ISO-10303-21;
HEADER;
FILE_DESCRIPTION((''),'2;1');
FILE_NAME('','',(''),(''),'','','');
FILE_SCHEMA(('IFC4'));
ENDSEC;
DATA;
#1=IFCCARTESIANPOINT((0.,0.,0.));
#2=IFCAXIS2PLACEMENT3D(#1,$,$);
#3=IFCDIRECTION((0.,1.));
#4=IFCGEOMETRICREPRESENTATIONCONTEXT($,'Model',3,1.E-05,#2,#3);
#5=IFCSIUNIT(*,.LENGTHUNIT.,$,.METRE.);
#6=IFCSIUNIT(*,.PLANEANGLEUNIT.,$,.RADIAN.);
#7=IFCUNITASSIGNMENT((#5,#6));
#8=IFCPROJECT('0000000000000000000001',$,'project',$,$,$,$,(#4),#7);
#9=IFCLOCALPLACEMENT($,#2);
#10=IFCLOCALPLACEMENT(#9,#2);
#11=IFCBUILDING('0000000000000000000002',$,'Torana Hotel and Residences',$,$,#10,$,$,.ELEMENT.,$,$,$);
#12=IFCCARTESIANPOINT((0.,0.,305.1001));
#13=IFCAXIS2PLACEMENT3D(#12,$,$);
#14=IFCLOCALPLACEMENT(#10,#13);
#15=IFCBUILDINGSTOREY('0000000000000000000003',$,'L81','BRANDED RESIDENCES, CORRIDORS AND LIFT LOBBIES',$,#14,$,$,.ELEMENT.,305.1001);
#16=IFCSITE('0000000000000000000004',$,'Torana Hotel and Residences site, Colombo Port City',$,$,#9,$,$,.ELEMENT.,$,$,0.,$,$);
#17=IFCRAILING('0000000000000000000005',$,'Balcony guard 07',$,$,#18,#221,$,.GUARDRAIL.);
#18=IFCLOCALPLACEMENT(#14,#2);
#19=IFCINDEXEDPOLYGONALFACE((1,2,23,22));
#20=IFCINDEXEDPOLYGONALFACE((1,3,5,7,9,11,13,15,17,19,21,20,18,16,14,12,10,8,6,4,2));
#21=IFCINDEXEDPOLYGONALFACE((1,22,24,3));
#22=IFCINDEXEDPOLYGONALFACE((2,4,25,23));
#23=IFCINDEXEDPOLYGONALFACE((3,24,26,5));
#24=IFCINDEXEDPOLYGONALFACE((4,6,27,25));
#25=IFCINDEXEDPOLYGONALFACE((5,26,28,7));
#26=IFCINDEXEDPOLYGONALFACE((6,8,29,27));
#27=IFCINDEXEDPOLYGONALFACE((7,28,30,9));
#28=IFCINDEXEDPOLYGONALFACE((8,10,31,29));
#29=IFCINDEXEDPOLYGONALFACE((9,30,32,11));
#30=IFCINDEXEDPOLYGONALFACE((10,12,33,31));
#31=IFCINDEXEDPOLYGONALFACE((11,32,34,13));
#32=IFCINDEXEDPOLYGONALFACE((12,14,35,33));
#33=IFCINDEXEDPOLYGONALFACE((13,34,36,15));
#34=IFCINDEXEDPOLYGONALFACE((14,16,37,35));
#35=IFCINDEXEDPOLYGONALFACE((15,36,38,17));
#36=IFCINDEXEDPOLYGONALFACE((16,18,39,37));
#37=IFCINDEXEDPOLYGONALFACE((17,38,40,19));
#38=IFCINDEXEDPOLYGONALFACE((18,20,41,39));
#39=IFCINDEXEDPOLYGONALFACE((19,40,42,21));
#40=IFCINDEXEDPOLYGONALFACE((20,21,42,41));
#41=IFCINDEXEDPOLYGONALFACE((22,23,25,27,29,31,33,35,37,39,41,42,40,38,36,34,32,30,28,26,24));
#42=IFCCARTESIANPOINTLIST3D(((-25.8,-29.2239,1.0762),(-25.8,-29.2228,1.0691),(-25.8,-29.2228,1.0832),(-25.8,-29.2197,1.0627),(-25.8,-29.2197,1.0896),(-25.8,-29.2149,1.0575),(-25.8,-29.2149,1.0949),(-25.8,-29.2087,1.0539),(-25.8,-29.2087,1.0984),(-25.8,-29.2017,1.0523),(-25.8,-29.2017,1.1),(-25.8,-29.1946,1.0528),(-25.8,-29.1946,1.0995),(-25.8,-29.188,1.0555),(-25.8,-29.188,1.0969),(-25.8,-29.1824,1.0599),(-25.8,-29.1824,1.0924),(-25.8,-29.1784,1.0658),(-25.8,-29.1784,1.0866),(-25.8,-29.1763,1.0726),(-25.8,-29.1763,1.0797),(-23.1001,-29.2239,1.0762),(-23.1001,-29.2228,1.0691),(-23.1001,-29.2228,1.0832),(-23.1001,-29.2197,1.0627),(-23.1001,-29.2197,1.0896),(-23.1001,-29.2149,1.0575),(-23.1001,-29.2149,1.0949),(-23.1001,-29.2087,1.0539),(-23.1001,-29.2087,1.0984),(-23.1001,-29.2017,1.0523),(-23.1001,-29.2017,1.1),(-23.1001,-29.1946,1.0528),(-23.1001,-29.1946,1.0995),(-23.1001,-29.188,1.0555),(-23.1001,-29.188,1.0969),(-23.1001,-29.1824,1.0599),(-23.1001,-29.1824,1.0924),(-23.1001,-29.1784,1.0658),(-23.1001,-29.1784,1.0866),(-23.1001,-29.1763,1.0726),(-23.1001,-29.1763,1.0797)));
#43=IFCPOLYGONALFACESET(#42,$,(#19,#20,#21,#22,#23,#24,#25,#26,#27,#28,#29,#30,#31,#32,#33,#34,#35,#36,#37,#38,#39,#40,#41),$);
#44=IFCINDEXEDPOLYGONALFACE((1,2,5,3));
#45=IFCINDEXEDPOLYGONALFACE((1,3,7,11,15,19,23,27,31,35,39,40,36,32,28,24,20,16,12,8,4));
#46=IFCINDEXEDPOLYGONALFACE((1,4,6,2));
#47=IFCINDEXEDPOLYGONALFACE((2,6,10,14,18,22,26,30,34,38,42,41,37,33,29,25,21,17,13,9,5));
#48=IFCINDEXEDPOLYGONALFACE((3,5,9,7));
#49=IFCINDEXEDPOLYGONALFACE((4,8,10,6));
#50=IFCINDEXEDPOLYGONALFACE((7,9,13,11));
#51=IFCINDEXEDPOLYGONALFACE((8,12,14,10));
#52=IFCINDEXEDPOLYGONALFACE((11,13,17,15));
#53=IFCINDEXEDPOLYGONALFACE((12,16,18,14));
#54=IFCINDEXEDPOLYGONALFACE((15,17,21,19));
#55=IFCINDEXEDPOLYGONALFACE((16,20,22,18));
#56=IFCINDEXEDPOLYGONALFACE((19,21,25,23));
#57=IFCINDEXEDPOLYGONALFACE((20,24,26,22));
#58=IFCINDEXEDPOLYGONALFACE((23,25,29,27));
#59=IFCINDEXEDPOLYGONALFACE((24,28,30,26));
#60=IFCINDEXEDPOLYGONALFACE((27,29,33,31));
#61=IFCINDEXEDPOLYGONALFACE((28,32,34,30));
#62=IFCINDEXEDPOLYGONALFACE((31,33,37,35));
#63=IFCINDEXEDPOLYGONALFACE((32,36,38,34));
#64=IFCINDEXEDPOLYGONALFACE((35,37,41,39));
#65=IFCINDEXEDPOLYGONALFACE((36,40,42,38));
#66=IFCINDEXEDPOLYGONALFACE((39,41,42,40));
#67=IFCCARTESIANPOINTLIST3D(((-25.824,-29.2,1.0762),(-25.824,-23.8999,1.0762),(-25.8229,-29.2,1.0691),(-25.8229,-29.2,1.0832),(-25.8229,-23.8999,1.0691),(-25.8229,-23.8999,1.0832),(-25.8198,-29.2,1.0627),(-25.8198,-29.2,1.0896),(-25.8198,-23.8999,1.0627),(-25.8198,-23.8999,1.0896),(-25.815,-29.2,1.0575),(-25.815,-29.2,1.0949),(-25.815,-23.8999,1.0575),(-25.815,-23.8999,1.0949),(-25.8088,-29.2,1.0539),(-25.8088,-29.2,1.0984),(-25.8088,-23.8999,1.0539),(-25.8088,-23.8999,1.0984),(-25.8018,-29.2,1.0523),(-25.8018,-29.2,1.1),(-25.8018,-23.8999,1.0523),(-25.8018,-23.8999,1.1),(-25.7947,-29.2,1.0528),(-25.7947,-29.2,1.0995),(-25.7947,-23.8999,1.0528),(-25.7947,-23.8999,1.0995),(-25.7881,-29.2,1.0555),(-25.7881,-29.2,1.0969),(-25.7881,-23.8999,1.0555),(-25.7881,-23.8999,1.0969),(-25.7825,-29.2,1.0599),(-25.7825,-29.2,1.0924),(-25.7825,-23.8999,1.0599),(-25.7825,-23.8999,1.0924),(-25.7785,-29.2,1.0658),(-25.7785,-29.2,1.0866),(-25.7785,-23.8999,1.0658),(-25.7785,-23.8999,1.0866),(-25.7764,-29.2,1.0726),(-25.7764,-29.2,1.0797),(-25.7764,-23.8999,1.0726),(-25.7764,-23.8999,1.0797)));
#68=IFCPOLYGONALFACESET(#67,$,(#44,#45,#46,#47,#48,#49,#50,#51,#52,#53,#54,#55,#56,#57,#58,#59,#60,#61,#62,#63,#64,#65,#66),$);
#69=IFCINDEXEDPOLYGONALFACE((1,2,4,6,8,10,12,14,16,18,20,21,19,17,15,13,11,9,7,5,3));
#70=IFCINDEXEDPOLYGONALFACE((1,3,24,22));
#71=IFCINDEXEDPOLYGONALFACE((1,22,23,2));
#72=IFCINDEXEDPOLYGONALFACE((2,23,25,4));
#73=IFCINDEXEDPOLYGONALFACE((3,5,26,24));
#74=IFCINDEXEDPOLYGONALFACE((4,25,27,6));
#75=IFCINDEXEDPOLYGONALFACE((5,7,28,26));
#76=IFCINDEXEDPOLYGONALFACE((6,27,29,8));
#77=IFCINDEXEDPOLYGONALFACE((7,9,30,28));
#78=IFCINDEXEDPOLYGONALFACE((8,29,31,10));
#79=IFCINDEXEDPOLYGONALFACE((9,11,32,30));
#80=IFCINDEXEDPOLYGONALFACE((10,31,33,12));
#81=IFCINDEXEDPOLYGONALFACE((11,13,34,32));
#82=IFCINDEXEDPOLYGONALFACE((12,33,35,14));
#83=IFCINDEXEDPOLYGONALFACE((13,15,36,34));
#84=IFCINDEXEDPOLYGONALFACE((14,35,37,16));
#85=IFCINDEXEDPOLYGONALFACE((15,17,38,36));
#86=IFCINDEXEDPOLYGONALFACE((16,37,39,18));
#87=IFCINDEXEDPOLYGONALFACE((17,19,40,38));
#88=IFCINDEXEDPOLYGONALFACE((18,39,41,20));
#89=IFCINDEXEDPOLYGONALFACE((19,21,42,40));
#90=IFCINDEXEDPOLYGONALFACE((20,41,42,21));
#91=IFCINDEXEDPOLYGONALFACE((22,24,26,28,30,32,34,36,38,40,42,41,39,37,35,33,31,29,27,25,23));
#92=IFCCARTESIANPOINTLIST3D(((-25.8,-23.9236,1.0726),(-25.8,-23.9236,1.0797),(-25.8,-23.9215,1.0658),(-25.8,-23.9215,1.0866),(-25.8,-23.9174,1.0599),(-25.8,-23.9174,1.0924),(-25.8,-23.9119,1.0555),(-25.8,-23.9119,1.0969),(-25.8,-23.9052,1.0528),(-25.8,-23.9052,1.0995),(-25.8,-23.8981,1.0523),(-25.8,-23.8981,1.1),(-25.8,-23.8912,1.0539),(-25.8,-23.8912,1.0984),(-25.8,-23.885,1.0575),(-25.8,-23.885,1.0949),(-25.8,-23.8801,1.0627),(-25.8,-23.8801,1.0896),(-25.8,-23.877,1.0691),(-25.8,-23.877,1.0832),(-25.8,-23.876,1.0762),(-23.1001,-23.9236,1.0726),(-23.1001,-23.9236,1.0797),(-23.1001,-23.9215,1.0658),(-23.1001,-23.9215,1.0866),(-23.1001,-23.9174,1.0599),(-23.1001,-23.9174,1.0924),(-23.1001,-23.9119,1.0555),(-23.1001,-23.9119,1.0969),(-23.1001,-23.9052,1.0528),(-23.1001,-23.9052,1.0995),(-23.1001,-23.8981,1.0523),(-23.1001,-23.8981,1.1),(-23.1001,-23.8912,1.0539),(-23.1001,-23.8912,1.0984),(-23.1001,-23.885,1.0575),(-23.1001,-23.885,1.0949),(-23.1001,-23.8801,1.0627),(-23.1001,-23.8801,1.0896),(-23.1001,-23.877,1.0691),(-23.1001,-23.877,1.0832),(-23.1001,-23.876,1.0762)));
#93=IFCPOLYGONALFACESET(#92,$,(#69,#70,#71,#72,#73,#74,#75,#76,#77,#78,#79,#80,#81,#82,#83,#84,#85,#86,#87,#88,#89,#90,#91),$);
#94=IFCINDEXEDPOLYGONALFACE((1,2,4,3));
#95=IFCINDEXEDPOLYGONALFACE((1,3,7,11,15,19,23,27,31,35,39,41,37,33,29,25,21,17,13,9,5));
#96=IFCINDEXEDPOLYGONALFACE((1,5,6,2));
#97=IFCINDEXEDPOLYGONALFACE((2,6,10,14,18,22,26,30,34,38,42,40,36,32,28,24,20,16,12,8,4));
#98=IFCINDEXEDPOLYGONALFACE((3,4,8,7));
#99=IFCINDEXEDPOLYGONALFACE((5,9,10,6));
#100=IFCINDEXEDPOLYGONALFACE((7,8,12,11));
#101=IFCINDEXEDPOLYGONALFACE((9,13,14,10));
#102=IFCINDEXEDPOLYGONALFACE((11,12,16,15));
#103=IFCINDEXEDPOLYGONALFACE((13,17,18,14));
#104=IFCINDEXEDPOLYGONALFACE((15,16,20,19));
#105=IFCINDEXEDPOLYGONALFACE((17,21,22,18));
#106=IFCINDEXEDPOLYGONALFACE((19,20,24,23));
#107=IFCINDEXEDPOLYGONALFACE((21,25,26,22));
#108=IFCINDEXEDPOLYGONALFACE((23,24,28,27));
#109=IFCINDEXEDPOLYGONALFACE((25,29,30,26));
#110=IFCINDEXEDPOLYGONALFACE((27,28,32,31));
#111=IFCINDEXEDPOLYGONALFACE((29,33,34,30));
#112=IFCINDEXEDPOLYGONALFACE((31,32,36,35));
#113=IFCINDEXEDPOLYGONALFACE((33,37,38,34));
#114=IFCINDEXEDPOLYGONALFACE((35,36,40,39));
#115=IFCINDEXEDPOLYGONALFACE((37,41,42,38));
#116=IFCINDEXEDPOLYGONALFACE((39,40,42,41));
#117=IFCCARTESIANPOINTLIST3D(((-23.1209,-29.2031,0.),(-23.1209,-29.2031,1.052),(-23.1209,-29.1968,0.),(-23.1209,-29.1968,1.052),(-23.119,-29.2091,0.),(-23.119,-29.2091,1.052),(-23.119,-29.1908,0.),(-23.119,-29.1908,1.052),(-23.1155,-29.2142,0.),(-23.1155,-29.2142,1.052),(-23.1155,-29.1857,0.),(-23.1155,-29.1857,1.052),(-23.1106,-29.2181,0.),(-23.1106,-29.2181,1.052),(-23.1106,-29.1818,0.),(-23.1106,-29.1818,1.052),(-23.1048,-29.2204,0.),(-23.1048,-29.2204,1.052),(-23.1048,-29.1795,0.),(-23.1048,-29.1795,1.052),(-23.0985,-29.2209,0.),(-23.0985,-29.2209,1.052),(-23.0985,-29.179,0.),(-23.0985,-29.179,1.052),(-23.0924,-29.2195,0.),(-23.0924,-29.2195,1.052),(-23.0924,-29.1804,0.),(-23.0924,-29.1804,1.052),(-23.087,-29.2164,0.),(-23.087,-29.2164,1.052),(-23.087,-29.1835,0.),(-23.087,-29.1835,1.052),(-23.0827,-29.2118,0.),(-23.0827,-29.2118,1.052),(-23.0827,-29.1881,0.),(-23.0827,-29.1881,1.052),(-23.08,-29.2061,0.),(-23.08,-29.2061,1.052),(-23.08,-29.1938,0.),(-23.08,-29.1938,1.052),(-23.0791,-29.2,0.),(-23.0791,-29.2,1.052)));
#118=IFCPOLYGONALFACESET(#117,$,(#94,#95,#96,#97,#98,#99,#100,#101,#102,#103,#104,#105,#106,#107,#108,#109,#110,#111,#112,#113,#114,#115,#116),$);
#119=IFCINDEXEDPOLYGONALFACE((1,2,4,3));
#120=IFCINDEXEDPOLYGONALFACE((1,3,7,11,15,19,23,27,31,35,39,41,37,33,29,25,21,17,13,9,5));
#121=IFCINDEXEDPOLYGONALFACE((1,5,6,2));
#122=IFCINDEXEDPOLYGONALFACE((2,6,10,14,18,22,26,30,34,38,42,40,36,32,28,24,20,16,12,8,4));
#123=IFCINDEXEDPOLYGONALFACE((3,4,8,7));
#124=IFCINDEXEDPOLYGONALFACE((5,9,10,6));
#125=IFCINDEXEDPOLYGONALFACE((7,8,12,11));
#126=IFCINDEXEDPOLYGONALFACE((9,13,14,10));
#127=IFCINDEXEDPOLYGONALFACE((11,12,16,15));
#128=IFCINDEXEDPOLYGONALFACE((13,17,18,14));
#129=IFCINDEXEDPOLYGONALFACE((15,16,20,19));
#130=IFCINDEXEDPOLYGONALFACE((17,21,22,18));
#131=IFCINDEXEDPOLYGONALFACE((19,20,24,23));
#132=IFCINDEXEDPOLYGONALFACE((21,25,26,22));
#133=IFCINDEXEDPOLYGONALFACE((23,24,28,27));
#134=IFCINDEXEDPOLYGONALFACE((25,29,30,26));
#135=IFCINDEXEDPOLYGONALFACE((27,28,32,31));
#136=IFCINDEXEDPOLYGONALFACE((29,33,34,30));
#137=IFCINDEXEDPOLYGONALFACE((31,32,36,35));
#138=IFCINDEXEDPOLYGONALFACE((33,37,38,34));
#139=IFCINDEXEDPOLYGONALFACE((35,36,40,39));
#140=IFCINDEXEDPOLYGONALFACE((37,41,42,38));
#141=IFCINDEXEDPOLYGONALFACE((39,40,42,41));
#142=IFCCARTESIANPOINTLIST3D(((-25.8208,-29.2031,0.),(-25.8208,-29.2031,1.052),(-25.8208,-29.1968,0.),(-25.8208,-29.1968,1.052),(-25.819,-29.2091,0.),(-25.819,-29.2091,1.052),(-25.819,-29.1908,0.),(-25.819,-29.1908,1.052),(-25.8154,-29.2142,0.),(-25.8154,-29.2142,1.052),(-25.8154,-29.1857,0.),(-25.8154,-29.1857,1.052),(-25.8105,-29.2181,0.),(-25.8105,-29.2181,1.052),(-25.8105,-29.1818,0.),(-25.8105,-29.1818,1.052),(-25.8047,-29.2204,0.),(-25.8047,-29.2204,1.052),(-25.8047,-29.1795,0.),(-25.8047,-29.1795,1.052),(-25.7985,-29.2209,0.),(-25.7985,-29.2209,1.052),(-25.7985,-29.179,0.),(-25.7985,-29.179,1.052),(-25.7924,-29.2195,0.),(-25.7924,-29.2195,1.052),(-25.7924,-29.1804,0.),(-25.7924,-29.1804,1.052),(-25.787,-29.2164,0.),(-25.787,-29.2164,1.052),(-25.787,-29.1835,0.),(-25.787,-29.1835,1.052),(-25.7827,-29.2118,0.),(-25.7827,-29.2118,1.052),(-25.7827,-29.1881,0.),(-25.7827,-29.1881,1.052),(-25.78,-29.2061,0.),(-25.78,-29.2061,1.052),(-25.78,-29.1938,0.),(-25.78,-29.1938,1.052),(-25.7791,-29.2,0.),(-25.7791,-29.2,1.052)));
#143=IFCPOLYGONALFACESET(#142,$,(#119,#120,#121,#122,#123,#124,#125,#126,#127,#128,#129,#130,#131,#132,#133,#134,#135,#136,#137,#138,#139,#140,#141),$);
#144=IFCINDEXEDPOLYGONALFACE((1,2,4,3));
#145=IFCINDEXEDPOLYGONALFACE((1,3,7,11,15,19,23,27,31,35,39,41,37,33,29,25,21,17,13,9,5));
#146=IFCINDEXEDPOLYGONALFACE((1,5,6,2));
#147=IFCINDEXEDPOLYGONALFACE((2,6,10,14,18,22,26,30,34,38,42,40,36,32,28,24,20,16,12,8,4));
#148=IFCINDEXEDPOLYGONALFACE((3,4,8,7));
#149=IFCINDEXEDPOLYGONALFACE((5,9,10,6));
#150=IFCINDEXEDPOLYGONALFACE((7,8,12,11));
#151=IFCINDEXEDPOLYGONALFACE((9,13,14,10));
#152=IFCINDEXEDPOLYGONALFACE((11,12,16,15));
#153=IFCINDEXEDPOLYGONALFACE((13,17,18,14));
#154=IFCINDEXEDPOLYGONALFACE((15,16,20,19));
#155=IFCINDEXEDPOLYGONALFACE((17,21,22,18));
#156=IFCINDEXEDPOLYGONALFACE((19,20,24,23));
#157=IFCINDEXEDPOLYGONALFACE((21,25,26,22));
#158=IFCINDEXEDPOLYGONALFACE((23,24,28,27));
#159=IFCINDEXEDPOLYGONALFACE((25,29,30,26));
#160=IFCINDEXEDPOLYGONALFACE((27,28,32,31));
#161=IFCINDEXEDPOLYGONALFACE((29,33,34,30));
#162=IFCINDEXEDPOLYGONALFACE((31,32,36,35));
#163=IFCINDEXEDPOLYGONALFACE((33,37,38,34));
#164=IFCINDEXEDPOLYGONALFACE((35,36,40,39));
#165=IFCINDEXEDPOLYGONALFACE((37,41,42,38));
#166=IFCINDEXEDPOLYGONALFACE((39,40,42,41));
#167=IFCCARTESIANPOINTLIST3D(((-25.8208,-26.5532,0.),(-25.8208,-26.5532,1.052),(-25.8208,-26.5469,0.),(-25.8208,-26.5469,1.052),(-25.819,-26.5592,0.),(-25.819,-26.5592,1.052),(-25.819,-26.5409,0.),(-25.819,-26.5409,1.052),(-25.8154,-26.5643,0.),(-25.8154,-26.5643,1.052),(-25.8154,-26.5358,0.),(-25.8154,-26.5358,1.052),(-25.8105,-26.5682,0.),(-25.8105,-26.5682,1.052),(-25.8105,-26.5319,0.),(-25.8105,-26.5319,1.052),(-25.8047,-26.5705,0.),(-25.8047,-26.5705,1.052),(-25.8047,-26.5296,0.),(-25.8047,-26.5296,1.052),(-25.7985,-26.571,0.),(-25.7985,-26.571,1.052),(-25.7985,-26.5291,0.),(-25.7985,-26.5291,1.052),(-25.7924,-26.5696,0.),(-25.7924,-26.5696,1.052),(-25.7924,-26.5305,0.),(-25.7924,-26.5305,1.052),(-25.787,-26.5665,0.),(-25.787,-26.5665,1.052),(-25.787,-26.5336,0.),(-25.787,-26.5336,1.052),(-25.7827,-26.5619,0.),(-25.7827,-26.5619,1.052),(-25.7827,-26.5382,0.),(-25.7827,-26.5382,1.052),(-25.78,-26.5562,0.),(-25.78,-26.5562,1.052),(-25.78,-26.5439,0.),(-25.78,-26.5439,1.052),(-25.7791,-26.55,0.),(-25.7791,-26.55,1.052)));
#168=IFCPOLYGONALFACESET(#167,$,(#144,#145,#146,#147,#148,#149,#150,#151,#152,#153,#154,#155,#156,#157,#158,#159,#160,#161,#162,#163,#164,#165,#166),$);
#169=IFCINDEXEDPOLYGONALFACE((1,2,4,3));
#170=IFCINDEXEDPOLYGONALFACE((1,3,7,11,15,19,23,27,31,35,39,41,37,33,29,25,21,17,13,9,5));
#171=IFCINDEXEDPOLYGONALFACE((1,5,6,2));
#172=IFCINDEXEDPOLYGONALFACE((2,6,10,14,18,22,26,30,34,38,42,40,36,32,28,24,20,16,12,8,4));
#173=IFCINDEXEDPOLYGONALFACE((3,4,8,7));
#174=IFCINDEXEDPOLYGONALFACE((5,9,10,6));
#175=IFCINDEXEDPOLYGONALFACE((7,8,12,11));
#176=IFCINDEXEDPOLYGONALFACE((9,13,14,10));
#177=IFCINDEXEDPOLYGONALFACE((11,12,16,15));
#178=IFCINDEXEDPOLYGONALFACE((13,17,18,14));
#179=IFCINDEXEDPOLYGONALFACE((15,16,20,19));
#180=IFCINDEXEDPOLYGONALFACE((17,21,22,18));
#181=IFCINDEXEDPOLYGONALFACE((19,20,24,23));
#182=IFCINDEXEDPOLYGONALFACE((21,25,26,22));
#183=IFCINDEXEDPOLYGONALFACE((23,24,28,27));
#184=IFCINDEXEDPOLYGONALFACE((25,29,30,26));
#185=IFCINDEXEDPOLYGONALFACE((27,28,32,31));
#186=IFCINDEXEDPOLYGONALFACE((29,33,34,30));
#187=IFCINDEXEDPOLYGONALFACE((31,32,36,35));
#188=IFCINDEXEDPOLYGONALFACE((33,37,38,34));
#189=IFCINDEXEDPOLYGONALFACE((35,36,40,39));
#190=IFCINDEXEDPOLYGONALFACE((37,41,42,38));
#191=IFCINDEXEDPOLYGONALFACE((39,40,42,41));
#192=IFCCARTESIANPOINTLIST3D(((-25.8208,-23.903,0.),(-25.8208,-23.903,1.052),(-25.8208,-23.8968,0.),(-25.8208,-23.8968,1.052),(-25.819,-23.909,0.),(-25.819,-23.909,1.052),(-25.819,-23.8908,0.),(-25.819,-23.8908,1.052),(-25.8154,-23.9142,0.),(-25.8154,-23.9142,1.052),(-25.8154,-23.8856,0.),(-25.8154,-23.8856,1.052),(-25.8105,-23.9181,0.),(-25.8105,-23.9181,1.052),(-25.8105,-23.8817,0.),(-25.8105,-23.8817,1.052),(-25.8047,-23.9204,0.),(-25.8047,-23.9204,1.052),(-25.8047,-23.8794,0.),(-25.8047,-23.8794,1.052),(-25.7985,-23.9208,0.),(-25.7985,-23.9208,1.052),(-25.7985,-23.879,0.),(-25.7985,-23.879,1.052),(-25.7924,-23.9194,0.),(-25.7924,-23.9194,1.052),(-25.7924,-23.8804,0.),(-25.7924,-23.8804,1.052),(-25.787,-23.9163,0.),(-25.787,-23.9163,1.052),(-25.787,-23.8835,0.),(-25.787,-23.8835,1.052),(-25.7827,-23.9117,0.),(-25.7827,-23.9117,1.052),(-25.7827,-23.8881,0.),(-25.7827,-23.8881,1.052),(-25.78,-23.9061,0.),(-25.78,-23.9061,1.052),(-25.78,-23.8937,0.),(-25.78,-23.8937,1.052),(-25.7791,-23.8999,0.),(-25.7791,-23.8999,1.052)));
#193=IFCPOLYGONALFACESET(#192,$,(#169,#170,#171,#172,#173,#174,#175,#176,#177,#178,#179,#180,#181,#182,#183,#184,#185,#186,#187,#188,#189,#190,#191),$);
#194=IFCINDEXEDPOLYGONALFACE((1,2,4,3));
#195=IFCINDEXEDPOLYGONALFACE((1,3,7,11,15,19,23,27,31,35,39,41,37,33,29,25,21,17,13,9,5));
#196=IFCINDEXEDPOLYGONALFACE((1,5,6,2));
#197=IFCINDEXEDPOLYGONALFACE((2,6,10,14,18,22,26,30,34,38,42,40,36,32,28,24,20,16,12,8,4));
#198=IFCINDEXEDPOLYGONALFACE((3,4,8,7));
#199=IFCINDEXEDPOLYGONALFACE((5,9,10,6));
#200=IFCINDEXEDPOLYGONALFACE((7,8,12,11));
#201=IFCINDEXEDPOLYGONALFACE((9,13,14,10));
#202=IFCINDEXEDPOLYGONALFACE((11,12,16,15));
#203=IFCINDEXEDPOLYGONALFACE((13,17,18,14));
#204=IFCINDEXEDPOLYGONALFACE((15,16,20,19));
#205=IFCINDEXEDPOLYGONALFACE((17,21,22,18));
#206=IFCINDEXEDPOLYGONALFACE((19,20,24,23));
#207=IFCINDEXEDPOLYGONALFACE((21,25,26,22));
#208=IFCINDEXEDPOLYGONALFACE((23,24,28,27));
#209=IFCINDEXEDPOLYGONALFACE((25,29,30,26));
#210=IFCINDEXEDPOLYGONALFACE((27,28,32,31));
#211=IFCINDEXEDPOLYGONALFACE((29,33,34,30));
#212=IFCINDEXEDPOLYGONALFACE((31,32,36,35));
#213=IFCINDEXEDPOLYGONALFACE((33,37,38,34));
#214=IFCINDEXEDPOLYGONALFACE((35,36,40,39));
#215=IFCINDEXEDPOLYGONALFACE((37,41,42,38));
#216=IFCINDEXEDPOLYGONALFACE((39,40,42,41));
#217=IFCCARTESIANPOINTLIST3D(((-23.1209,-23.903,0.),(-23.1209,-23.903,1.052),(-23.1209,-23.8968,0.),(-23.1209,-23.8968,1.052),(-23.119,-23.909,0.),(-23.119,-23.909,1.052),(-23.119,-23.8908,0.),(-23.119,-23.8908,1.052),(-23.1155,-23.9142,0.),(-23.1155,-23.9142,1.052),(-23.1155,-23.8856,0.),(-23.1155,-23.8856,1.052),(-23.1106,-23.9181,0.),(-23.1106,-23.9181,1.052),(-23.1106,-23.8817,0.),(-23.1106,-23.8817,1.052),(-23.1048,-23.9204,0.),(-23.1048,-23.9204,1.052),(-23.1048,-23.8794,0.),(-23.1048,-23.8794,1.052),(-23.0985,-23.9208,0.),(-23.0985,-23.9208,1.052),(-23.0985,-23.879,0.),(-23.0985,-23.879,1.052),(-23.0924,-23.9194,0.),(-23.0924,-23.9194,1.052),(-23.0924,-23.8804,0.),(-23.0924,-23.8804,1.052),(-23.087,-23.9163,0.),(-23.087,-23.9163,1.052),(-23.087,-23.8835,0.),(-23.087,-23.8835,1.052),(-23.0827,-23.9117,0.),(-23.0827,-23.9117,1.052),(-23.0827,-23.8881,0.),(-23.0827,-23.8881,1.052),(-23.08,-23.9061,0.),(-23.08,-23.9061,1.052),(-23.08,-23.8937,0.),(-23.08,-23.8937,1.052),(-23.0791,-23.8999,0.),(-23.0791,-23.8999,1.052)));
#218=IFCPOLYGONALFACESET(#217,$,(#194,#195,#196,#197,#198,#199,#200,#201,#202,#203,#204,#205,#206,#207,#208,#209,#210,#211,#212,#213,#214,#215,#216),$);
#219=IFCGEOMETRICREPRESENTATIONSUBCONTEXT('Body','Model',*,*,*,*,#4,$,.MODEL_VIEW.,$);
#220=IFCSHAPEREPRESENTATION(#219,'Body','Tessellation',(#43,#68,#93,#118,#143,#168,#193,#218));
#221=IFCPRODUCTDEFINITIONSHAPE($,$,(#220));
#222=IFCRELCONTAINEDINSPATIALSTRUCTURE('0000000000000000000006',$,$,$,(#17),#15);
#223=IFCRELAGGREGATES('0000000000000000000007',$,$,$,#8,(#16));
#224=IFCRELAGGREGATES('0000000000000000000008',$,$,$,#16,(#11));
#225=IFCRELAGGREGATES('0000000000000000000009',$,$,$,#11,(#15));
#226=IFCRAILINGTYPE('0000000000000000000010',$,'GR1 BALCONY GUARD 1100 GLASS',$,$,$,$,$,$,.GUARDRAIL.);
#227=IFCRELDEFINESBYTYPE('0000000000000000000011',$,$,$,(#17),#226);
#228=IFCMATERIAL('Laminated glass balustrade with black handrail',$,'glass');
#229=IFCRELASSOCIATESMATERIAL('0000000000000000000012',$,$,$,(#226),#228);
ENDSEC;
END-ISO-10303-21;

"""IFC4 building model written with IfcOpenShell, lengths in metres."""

from ifc_helpers import new_model, si_unit, direction, frame, origin, origin_2d, place, context, subcontext, project, spatial, circle, extrude, material, type_object, element, save


model = new_model("IFC4")

# Units and contexts
model_context = context("Model", 3, precision=1e-05, world=origin(), true_north=direction((0.0, 1.0)))
body_context = subcontext(model_context, "Body", "Model", "MODEL_VIEW")
ifc_project = project(units=[si_unit("LENGTHUNIT", "METRE"), si_unit("PLANEANGLEUNIT", "RADIAN")], contexts=[model_context])

# Site, building, storey
site_placement = place(None, origin())
site = spatial("IfcSite", under=ifc_project, at=site_placement, Name="Torana Hotel and Residences site, Colombo Port City", CompositionType="ELEMENT", RefElevation=0.0)
building_placement = place(site_placement, origin())
building = spatial("IfcBuilding", under=site, at=building_placement, Name="Torana Hotel and Residences", CompositionType="ELEMENT")
storey_placement = place(building_placement, frame((0.0, 0.0, 305.1001)))
storey = spatial("IfcBuildingStorey", under=building, at=storey_placement, Name="L81", Description="BRANDED RESIDENCES, CORRIDORS AND LIFT LOBBIES", CompositionType="ELEMENT", Elevation=305.1001)

# Railing
ifc_material_1 = material(Name="Laminated glass balustrade with black handrail", Category="glass")
railing_type = type_object("IfcRailingType", Name="GR1 BALCONY GUARD 1100 GLASS", PredefinedType="GUARDRAIL", material=ifc_material_1)
railing_placement = place(storey_placement, frame((-23.1001, -29.2, 0.0)))
element("IfcRailing", 1, at=railing_placement, inside=storey, type_object=railing_type, Name="Balcony guard 07", PredefinedType="GUARDRAIL", context=body_context, shape_type="SweptSolid", body=[
    extrude(circle(Radius=0.0239, at=origin_2d()), frame((0.0, 0.0, 1.0762), z_axis=(-1.0, 0.0, 0.0), x_axis=(0.0, -1.0, 0.0)), (0.0, 0.0, 1.0), 2.7),
    extrude(circle(Radius=0.0239, at=origin_2d()), frame((-2.7, 0.0, 1.0762), z_axis=(0.0, 1.0, 0.0), x_axis=(-1.0, 0.0, 0.0)), (0.0, 0.0, 1.0), 5.3),
    extrude(circle(Radius=0.0239, at=origin_2d()), frame((-2.7, 5.3, 1.0762), z_axis=(1.0, 0.0, 0.0), x_axis=(0.0, 1.0, 0.0)), (0.0, 0.0, 1.0), 2.7),
    extrude(circle(Radius=0.021, at=origin_2d()), origin(), (0.0, 0.0, 1.0), 1.052),
    extrude(circle(Radius=0.021, at=origin_2d()), frame((-2.7, 0.0, 0.0)), (0.0, 0.0, 1.0), 1.052),
    extrude(circle(Radius=0.021, at=origin_2d()), frame((-2.7, 2.6499, 0.0)), (0.0, 0.0, 1.0), 1.052),
    extrude(circle(Radius=0.021, at=origin_2d()), frame((-2.7, 5.3, 0.0)), (0.0, 0.0, 1.0), 1.052),
    extrude(circle(Radius=0.021, at=origin_2d()), frame((0.0, 5.3, 0.0)), (0.0, 0.0, 1.0), 1.052),
])

save(model, "model.ifc")
